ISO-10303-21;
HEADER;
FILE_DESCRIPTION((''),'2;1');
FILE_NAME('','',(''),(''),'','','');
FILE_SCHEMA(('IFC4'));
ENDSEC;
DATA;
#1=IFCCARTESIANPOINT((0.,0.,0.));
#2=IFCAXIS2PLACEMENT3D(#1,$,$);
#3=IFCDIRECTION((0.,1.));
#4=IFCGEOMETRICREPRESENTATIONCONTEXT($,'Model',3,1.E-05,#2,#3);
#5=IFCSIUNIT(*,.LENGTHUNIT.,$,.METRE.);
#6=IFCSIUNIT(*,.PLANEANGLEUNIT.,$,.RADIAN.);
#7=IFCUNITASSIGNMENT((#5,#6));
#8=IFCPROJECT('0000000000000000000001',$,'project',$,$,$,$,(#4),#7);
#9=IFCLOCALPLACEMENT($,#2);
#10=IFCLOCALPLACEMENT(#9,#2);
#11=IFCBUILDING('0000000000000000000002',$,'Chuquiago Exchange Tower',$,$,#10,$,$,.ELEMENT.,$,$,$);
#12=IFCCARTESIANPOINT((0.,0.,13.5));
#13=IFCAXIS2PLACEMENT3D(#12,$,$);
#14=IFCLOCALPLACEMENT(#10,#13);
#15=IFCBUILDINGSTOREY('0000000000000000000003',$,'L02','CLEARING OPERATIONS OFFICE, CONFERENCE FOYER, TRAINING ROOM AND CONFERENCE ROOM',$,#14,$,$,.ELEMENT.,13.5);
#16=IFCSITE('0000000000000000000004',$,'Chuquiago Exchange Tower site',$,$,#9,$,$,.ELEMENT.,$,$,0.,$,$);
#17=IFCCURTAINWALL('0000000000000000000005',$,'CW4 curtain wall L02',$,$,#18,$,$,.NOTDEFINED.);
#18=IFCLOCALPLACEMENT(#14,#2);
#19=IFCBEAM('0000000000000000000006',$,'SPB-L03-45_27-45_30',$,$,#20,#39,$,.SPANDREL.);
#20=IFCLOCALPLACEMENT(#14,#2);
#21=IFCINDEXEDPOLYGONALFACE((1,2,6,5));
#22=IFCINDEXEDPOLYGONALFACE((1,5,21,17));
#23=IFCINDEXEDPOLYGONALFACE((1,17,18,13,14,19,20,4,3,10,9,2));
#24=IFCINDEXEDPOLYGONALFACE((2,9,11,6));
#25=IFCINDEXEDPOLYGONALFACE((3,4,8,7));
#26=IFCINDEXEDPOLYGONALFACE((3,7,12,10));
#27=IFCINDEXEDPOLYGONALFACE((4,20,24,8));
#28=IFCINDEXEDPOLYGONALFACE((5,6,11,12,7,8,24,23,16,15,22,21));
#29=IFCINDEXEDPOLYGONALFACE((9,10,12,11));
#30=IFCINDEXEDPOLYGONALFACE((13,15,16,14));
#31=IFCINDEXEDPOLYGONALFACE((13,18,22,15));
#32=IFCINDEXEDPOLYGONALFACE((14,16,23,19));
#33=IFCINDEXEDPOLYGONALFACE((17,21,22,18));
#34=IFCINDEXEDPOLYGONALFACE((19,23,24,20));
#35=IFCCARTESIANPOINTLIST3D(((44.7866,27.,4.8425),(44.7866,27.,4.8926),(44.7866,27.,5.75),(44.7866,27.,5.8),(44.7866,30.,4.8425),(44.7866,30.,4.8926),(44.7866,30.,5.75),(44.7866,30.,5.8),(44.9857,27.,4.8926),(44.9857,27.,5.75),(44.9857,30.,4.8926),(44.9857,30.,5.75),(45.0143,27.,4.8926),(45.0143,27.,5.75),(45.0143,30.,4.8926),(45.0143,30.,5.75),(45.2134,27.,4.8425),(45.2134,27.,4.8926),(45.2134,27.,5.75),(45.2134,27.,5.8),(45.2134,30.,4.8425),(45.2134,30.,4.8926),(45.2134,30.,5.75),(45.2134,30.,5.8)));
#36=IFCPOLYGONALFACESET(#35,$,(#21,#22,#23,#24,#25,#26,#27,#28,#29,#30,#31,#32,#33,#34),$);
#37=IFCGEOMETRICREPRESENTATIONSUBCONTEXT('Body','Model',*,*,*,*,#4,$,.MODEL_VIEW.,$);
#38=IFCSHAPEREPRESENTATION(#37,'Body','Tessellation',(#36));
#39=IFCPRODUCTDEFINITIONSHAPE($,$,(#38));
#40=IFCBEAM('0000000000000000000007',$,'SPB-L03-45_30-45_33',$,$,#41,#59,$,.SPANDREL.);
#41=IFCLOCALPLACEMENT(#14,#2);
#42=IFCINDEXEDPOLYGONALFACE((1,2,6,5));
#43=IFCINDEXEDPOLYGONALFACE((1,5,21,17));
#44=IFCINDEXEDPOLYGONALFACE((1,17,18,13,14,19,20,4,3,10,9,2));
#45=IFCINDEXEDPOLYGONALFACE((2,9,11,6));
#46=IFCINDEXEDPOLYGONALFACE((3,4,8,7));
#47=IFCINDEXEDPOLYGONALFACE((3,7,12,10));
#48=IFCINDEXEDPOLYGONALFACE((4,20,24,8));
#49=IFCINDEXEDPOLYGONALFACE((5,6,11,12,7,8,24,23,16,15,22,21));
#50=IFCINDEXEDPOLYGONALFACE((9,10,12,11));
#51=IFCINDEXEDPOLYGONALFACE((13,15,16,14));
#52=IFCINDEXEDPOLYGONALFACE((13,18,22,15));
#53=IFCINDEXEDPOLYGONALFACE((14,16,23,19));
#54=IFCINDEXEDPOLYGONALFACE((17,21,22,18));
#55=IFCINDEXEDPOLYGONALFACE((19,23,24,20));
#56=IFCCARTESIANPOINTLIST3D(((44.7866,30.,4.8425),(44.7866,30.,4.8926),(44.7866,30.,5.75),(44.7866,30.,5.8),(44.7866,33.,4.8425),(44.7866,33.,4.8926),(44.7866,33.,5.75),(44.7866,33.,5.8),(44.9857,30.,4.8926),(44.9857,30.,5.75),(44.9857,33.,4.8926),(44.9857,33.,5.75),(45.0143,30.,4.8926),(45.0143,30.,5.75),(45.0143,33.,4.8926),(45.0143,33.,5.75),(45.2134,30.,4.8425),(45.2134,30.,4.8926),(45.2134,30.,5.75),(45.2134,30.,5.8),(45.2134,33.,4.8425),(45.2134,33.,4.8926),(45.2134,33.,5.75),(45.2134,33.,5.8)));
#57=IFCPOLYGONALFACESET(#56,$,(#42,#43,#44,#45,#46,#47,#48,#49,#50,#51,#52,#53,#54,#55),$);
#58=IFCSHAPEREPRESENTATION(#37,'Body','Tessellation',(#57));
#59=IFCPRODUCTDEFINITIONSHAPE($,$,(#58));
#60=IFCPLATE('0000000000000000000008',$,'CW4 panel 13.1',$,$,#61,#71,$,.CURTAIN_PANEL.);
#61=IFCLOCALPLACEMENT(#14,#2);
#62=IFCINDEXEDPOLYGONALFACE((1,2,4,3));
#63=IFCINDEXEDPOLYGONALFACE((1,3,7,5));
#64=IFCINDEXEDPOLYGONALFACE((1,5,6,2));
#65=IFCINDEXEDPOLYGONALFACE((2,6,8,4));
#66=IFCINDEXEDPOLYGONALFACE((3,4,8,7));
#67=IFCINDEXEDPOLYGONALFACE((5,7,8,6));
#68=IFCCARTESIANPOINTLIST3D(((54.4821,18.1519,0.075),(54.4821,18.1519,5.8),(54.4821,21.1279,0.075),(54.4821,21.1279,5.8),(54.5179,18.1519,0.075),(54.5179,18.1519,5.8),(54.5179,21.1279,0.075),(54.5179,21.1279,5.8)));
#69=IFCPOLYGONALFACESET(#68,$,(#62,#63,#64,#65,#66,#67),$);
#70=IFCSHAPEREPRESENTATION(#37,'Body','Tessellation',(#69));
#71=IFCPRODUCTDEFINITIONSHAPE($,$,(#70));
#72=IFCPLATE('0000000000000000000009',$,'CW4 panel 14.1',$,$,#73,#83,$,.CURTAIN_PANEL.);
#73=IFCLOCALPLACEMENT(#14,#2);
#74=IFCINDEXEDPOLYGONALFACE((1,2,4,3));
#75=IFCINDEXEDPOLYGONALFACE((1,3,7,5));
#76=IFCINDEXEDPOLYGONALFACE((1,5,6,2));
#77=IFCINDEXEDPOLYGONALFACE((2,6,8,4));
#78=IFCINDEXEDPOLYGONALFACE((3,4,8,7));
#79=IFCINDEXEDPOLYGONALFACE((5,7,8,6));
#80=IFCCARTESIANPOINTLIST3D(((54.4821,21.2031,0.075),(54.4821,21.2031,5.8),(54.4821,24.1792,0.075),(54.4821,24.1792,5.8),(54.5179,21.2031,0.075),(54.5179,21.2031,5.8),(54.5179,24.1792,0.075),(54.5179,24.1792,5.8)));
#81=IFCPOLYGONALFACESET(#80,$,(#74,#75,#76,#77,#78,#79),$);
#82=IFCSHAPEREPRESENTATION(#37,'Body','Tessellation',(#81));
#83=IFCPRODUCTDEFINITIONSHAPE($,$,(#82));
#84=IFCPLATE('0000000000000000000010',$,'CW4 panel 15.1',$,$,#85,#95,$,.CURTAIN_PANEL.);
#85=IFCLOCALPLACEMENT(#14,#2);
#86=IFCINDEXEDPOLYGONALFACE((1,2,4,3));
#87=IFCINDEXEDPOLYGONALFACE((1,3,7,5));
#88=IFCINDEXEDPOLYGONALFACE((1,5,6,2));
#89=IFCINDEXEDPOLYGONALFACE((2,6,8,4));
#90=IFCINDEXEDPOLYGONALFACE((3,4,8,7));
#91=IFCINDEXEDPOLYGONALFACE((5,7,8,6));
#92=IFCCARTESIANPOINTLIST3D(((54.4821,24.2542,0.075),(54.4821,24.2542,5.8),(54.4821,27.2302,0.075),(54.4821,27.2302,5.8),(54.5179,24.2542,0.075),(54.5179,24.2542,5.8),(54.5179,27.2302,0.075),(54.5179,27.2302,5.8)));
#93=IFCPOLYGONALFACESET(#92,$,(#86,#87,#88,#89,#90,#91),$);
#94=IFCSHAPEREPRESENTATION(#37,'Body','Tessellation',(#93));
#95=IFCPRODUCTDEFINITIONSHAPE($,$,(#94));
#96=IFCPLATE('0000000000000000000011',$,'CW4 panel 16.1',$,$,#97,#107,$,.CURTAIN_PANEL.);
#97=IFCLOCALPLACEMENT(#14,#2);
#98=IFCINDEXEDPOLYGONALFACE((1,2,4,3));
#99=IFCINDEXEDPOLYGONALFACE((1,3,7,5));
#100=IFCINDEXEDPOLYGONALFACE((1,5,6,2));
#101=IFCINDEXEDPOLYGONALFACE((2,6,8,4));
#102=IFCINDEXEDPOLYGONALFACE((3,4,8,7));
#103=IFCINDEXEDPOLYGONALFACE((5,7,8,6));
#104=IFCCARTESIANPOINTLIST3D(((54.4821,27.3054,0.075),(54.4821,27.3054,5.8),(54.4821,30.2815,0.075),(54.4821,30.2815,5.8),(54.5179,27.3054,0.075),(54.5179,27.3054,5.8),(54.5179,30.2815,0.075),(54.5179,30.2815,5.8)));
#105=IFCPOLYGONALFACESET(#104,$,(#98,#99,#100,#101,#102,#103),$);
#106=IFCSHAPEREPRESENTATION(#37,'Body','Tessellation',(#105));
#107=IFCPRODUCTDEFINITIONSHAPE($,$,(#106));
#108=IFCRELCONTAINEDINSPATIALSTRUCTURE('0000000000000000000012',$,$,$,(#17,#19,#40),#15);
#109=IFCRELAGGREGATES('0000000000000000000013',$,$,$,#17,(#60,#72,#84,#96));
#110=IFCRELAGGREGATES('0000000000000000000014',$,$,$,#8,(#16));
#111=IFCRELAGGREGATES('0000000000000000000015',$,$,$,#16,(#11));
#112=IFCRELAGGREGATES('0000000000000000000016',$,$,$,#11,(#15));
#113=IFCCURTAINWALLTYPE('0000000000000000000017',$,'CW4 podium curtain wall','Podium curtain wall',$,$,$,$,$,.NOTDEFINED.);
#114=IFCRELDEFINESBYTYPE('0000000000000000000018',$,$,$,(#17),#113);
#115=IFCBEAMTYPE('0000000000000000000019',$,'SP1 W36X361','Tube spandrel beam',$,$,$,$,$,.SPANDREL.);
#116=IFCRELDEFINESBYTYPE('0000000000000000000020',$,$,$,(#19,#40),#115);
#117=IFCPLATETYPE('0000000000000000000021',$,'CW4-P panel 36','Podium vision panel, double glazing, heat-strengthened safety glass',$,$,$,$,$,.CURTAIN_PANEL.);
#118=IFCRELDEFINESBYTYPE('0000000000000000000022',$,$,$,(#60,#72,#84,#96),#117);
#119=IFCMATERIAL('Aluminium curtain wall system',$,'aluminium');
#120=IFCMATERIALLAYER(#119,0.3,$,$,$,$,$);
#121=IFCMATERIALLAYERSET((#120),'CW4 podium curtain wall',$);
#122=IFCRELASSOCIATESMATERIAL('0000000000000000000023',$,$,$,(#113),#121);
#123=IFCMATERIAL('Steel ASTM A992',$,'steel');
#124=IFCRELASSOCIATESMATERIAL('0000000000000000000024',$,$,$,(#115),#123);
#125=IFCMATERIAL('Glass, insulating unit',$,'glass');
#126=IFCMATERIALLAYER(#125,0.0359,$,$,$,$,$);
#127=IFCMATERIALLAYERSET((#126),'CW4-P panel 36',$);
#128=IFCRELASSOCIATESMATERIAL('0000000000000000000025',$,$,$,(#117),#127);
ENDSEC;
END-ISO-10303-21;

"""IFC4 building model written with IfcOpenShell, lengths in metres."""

from ifc_helpers import new_model, si_unit, direction, frame, origin, origin_2d, place, context, subcontext, project, spatial, rectangle, i_section, extrude, material, layer, layer_set, material_profile, profile_set, type_object, element, aggregate, save


model = new_model("IFC4")

# Units and contexts
model_context = context("Model", 3, precision=1e-05, world=origin(), true_north=direction((0.0, 1.0)))
body_context = subcontext(model_context, "Body", "Model", "MODEL_VIEW")
ifc_project = project(units=[si_unit("LENGTHUNIT", "METRE"), si_unit("PLANEANGLEUNIT", "RADIAN")], contexts=[model_context])

# Site, building, storey
site_placement = place(None, origin())
site = spatial("IfcSite", under=ifc_project, at=site_placement, Name="Chuquiago Exchange Tower site", CompositionType="ELEMENT", RefElevation=0.0)
building_placement = place(site_placement, origin())
building = spatial("IfcBuilding", under=site, at=building_placement, Name="Chuquiago Exchange Tower", CompositionType="ELEMENT")
storey_placement = place(building_placement, frame((0.0, 0.0, 13.5)))
storey = spatial("IfcBuildingStorey", under=building, at=storey_placement, Name="L02", Description="CLEARING OPERATIONS OFFICE, CONFERENCE FOYER, TRAINING ROOM AND CONFERENCE ROOM", CompositionType="ELEMENT", Elevation=13.5)

# Curtain wall
ifc_material_1 = material(Name="Aluminium curtain wall system", Category="aluminium")
ifc_layer_1 = layer(ifc_material_1, 0.3)
ifc_layer_set_1 = layer_set([ifc_layer_1], Name="CW4 podium curtain wall")
curtain_wall_type = type_object("IfcCurtainWallType", Name="CW4 podium curtain wall", Description="Podium curtain wall", PredefinedType="NOTDEFINED", material=ifc_layer_set_1)
curtain_wall_placement = place(storey_placement, origin())
curtain_wall = element("IfcCurtainWall", 1, at=curtain_wall_placement, inside=storey, type_object=curtain_wall_type, Name="CW4 curtain wall L02", PredefinedType="NOTDEFINED")

# Beams
ifc_material_2 = material(Name="Steel ASTM A992", Category="steel")
ifc_material_profile_1 = material_profile(ifc_material_2, i_section(OverallWidth=0.4268, OverallDepth=0.9575, WebThickness=0.0286, FlangeThickness=0.05, at=origin_2d()), Name="W36X361")
ifc_profile_set_1 = profile_set([ifc_material_profile_1], Name="Steel ASTM A992")
beam_type_1 = type_object("IfcBeamType", Name="SP1 W36X361", Description="Tube spandrel beam", PredefinedType="SPANDREL", material=ifc_profile_set_1)
for number, where, z_axis, x_axis, name in (
    (2, (45.0, 27.0, 5.3213), (0.0, 1.0, 0.0), (-1.0, 0.0, 0.0), "SPB-L03-45_27-45_30"),
    (3, (45.0, 30.0, 5.3213), (0.0, 1.0, 0.0), (-1.0, 0.0, 0.0), "SPB-L03-45_30-45_33"),
):
    element("IfcBeam", number, at=place(storey_placement, frame(where, z_axis=z_axis, x_axis=x_axis)), inside=storey, type_object=beam_type_1, Name=name, PredefinedType="SPANDREL", context=body_context, shape_type="SweptSolid", body=[
        extrude(i_section(OverallWidth=0.4268, OverallDepth=0.9575, WebThickness=0.0286, FlangeThickness=0.05, at=origin_2d()), origin(), (0.0, 0.0, 1.0), 3.0),
    ])

# Plates
ifc_material_3 = material(Name="Glass, insulating unit", Category="glass")
ifc_layer_2 = layer(ifc_material_3, 0.0359)
ifc_layer_set_2 = layer_set([ifc_layer_2], Name="CW4-P panel 36")
plate_type = type_object("IfcPlateType", Name="CW4-P panel 36", Description="Podium vision panel, double glazing, heat-strengthened safety glass", PredefinedType="CURTAIN_PANEL", material=ifc_layer_set_2)
plate_1_placement = place(storey_placement, frame((54.5, 19.6399, 0.075), z_axis=(0.0, 0.0, 1.0), x_axis=(0.0, 1.0, 0.0)))
plate_1 = element("IfcPlate", 4, at=plate_1_placement, type_object=plate_type, Name="CW4 panel 13.1", PredefinedType="CURTAIN_PANEL", context=body_context, shape_type="SweptSolid", body=[
    extrude(rectangle(XDim=2.9761, YDim=0.0359, at=origin_2d()), origin(), (0.0, 0.0, 1.0), 5.7251),
])
plate_2_placement = place(storey_placement, frame((54.5, 22.6912, 0.075), z_axis=(0.0, 0.0, 1.0), x_axis=(0.0, 1.0, 0.0)))
plate_2 = element("IfcPlate", 5, at=plate_2_placement, type_object=plate_type, Name="CW4 panel 14.1", PredefinedType="CURTAIN_PANEL", context=body_context, shape_type="SweptSolid", body=[
    extrude(rectangle(XDim=2.9761, YDim=0.0359, at=origin_2d()), origin(), (0.0, 0.0, 1.0), 5.7251),
])
plate_3_placement = place(storey_placement, frame((54.5, 25.7422, 0.075), z_axis=(0.0, 0.0, 1.0), x_axis=(0.0, 1.0, 0.0)))
plate_3 = element("IfcPlate", 6, at=plate_3_placement, type_object=plate_type, Name="CW4 panel 15.1", PredefinedType="CURTAIN_PANEL", context=body_context, shape_type="SweptSolid", body=[
    extrude(rectangle(XDim=2.9761, YDim=0.0359, at=origin_2d()), origin(), (0.0, 0.0, 1.0), 5.7251),
])
plate_4_placement = place(storey_placement, frame((54.5, 28.7935, 0.075), z_axis=(0.0, 0.0, 1.0), x_axis=(0.0, 1.0, 0.0)))
plate_4 = element("IfcPlate", 7, at=plate_4_placement, type_object=plate_type, Name="CW4 panel 16.1", PredefinedType="CURTAIN_PANEL", context=body_context, shape_type="SweptSolid", body=[
    extrude(rectangle(XDim=2.9761, YDim=0.0359, at=origin_2d()), origin(), (0.0, 0.0, 1.0), 5.7251),
])
aggregate(curtain_wall, [plate_1, plate_2, plate_3, plate_4])

save(model, "model.ifc")
